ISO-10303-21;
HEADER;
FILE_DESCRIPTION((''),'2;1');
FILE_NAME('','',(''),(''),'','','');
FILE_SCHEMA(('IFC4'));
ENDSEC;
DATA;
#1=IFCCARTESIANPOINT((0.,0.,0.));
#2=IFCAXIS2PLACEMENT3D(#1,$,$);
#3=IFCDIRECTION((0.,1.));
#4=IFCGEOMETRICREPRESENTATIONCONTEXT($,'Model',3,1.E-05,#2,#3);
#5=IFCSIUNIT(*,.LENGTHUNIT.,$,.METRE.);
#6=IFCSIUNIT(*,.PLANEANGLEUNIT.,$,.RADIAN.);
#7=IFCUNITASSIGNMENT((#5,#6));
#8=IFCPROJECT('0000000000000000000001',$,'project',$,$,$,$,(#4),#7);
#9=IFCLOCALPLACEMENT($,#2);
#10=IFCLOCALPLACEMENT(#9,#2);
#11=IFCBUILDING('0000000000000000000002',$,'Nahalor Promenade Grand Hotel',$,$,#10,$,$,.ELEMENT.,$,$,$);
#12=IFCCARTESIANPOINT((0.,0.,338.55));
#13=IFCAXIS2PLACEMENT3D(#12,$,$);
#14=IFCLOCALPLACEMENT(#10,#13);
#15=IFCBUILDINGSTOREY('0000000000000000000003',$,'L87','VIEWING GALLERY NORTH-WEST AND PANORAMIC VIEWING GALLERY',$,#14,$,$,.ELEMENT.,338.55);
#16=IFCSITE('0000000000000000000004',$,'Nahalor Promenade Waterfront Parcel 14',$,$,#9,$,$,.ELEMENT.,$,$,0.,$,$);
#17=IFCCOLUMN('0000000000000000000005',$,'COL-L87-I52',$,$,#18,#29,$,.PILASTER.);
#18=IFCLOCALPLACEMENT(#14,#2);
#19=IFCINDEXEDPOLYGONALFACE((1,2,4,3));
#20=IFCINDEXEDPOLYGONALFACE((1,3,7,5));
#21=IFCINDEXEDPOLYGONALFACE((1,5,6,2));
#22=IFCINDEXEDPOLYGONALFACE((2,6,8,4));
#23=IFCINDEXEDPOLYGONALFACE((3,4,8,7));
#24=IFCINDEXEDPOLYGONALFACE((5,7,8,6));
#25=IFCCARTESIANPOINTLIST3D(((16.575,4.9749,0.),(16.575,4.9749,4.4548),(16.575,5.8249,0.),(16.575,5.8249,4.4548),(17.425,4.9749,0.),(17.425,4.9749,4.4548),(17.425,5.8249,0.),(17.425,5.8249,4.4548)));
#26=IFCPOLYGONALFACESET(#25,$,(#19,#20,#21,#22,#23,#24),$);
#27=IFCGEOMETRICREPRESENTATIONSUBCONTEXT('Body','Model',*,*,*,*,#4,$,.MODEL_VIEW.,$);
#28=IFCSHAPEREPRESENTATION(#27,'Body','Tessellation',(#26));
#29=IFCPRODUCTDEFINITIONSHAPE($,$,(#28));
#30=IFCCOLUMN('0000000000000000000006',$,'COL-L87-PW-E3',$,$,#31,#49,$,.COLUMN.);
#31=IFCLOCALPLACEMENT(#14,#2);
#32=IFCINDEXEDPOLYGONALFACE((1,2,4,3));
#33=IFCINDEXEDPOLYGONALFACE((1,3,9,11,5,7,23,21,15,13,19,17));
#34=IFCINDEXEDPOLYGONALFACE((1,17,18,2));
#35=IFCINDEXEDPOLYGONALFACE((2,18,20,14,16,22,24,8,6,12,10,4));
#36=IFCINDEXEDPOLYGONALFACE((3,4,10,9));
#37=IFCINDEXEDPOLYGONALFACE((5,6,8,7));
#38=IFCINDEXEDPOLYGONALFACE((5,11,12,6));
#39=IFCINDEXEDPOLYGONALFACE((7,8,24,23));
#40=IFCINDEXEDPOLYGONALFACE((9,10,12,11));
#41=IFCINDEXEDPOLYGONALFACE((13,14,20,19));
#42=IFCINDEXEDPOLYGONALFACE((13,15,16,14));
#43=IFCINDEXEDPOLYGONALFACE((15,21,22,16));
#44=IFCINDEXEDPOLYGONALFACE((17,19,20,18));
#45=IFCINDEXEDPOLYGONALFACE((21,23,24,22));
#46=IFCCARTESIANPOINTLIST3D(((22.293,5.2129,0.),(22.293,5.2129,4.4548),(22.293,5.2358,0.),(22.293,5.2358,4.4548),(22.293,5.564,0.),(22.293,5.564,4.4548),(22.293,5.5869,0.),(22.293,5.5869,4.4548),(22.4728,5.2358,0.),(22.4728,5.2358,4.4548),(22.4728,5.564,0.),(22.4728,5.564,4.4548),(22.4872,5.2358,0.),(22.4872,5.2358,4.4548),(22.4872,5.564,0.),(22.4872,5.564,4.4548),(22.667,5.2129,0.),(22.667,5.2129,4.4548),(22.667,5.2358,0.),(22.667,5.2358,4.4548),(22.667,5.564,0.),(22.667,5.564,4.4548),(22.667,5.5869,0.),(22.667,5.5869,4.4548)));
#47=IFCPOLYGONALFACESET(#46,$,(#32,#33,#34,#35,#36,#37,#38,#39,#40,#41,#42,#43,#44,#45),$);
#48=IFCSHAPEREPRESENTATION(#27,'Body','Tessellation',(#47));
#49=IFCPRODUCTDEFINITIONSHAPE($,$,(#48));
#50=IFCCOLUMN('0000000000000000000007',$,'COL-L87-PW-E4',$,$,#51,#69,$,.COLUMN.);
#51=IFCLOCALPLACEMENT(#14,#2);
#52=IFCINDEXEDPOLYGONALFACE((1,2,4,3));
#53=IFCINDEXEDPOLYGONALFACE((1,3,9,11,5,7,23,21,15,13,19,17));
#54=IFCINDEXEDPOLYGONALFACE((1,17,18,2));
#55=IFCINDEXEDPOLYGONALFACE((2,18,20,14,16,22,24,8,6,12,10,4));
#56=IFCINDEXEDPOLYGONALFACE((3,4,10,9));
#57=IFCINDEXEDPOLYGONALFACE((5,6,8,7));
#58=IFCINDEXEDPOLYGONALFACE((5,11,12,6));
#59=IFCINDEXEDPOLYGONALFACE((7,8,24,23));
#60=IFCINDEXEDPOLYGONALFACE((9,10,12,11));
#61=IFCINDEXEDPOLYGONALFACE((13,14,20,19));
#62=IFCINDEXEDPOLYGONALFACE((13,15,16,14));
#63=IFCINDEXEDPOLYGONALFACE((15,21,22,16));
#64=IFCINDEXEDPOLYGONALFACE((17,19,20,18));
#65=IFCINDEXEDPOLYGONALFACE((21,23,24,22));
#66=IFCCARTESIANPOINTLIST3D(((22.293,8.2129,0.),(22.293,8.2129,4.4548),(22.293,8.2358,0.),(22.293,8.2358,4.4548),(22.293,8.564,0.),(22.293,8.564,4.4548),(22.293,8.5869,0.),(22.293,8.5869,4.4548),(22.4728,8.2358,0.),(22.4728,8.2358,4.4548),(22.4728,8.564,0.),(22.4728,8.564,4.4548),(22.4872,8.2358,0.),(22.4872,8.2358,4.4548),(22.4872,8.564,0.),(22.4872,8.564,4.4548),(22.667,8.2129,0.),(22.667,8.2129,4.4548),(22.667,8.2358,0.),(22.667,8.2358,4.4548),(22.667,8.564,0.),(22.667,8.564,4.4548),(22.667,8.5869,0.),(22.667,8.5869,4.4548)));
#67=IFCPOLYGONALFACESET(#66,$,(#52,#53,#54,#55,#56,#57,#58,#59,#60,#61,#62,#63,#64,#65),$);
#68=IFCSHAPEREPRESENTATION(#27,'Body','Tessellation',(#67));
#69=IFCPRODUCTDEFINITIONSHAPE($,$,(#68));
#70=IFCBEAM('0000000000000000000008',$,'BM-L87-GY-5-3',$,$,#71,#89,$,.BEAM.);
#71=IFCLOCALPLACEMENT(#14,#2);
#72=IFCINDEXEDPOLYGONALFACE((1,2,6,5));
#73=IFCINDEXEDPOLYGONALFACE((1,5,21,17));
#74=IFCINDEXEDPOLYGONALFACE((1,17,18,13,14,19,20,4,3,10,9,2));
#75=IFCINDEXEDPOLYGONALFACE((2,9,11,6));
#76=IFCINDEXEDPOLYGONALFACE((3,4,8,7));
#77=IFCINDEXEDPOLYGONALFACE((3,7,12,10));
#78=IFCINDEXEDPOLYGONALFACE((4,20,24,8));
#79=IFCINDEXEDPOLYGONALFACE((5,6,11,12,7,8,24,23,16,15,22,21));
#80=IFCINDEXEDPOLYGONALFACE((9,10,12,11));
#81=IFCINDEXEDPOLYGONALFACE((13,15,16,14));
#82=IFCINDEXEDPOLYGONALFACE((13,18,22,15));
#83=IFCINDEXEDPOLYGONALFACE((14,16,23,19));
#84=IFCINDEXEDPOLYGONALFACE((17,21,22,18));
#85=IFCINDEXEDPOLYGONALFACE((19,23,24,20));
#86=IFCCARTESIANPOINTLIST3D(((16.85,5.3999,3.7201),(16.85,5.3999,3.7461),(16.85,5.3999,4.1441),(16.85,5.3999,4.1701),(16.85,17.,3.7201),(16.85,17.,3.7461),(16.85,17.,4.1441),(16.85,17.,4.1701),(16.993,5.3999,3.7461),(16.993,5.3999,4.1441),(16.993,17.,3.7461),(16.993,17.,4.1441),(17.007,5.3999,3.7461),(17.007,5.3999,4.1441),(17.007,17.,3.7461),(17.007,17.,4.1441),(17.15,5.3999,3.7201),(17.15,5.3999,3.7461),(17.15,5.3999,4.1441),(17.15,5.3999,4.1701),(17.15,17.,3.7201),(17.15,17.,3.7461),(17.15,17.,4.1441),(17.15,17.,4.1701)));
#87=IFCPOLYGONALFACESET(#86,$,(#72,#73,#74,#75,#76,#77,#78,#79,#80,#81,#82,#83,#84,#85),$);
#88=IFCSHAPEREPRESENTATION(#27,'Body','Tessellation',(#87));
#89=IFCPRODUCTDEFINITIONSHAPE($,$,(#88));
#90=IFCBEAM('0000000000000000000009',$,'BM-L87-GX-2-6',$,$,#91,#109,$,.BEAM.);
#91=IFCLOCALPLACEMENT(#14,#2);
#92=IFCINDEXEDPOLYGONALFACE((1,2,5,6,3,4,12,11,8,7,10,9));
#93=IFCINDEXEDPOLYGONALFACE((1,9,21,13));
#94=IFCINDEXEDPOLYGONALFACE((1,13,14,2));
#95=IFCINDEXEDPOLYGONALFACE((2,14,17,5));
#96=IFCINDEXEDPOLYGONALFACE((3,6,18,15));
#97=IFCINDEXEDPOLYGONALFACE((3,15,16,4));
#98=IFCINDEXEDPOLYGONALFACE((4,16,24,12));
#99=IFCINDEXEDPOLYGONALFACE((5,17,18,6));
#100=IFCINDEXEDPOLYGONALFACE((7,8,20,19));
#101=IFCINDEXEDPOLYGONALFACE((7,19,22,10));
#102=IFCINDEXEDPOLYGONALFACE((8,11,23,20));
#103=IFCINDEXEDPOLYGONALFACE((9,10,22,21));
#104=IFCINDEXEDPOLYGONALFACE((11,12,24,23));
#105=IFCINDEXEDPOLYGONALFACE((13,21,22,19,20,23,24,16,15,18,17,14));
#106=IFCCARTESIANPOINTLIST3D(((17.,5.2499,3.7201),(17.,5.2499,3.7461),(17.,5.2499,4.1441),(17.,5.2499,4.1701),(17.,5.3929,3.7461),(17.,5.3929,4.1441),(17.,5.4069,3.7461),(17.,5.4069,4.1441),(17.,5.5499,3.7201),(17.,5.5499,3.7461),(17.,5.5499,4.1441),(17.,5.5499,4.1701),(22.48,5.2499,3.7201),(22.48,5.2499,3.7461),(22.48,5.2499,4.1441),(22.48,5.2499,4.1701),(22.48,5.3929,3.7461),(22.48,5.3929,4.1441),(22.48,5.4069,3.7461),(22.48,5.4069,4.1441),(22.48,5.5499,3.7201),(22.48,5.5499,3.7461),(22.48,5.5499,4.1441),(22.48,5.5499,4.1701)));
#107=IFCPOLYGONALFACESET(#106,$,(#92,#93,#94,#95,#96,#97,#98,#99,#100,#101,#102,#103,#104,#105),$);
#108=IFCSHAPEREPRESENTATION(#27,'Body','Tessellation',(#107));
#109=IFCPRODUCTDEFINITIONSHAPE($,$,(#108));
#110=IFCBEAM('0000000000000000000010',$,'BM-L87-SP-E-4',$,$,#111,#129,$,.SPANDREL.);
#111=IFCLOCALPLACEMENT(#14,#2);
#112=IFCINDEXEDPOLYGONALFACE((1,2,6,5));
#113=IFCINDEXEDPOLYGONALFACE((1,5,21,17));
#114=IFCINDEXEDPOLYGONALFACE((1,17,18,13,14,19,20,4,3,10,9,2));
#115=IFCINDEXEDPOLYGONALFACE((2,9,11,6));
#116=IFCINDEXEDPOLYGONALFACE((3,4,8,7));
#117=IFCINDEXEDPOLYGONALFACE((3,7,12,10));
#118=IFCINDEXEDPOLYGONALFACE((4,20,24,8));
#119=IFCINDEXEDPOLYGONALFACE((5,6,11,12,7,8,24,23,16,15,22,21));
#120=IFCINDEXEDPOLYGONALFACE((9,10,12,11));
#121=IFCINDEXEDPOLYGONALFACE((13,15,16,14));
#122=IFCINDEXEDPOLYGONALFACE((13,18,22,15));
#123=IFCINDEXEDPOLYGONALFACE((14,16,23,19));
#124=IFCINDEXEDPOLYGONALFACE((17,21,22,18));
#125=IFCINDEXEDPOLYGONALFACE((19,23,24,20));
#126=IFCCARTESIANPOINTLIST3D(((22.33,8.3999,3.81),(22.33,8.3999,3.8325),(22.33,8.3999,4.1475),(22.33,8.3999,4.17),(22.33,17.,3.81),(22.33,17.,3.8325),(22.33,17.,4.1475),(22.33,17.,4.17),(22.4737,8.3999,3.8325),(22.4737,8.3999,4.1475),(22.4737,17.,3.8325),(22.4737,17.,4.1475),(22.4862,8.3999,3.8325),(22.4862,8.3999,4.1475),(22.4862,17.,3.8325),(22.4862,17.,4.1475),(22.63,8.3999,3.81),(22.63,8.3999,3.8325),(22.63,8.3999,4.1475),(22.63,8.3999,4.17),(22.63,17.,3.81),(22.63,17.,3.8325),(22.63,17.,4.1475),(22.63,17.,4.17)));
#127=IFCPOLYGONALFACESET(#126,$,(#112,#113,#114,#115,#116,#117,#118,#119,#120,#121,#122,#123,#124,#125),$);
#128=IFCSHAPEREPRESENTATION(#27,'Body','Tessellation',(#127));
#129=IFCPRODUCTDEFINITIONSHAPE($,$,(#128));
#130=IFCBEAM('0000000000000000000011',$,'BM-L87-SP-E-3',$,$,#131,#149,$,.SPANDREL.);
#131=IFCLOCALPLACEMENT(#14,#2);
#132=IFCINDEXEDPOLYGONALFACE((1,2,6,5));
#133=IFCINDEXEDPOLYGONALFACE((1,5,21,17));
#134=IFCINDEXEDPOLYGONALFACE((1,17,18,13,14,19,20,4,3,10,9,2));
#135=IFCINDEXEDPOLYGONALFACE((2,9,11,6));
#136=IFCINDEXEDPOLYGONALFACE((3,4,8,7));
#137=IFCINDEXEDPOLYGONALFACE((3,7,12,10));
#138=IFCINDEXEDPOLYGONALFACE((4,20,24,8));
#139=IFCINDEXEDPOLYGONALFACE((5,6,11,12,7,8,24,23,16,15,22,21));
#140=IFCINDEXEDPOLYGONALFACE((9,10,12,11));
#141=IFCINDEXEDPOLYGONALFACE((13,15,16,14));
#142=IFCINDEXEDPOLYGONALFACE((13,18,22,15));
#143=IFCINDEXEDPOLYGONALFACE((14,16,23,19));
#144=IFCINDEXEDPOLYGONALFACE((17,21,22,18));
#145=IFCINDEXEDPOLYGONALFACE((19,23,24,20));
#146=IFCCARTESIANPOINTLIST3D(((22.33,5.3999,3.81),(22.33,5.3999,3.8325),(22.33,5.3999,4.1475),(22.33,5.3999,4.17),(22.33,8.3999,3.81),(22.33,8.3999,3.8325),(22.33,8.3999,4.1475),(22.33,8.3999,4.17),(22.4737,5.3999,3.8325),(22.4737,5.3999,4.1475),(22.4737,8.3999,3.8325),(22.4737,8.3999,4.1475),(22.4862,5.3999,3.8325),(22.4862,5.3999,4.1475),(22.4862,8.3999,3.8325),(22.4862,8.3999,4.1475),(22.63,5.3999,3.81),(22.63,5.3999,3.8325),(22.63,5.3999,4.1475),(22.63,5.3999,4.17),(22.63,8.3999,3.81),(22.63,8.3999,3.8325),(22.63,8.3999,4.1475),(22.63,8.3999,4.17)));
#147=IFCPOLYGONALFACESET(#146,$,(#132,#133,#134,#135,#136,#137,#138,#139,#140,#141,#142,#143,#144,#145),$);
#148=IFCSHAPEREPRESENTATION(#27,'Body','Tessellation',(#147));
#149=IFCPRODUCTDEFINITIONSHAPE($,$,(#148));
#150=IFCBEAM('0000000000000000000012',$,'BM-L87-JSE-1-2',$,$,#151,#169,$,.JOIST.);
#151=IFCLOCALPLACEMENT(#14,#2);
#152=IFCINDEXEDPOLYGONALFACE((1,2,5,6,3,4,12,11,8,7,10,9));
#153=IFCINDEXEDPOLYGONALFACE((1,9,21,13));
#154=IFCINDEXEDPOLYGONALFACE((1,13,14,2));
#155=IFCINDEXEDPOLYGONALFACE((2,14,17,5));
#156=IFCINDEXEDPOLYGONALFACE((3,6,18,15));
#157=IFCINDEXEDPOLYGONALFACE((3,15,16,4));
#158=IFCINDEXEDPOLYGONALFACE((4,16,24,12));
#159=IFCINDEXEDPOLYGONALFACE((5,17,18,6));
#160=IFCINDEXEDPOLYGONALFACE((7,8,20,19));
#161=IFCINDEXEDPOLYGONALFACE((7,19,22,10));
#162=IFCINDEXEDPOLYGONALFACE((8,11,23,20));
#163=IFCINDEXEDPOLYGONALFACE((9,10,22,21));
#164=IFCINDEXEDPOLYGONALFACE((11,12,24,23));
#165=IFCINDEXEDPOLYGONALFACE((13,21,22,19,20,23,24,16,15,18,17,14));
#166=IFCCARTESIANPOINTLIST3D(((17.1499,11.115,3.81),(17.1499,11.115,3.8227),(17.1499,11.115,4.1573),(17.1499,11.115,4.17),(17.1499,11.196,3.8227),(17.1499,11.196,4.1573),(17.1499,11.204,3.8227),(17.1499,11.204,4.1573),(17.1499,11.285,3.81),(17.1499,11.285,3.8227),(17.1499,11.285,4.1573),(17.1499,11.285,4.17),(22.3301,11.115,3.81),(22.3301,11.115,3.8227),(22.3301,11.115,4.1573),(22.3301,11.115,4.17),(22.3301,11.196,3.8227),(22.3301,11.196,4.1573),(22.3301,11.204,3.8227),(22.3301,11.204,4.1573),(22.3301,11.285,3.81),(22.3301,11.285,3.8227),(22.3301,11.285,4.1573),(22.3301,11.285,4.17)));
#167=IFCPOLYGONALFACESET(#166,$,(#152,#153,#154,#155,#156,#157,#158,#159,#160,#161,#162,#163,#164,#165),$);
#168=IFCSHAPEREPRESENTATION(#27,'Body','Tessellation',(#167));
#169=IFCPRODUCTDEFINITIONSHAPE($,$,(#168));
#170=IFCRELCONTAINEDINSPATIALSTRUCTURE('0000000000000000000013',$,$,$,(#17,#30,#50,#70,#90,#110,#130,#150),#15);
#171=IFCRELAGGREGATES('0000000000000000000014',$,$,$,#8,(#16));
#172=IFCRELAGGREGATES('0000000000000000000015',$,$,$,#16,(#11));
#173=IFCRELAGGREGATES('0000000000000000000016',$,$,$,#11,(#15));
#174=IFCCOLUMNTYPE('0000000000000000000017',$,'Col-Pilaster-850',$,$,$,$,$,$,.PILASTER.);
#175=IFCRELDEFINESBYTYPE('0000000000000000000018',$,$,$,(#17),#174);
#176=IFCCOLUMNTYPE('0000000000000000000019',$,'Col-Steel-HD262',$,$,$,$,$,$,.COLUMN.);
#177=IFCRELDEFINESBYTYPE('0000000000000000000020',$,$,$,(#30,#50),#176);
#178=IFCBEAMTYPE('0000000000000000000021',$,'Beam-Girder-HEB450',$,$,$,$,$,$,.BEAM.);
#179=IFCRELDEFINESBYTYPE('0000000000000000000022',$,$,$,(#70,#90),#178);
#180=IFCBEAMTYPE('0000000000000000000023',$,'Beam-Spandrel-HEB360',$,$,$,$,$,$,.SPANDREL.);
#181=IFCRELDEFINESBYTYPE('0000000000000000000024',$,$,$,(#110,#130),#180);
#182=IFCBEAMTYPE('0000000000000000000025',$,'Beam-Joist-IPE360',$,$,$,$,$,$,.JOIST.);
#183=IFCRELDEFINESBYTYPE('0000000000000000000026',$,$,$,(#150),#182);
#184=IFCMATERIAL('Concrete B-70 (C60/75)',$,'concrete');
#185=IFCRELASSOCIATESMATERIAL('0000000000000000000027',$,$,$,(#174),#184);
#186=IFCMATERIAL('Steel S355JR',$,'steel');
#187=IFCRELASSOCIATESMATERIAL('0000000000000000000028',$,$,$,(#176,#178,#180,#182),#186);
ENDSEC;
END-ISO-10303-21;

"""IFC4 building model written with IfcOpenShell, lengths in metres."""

from ifc_helpers import new_model, si_unit, direction, frame, origin, origin_2d, place, context, subcontext, project, spatial, rectangle, i_section, extrude, source, transform, mapped, material, material_profile, profile_set, type_object, element, save


model = new_model("IFC4")

# Units and contexts
model_context = context("Model", 3, precision=1e-05, world=origin(), true_north=direction((0.0, 1.0)))
body_context = subcontext(model_context, "Body", "Model", "MODEL_VIEW")
ifc_project = project(units=[si_unit("LENGTHUNIT", "METRE"), si_unit("PLANEANGLEUNIT", "RADIAN")], contexts=[model_context])

# Site, building, storey
site_placement = place(None, origin())
site = spatial("IfcSite", under=ifc_project, at=site_placement, Name="Nahalor Promenade Waterfront Parcel 14", CompositionType="ELEMENT", RefElevation=0.0)
building_placement = place(site_placement, origin())
building = spatial("IfcBuilding", under=site, at=building_placement, Name="Nahalor Promenade Grand Hotel", CompositionType="ELEMENT")
storey_placement = place(building_placement, frame((0.0, 0.0, 338.55)))
storey = spatial("IfcBuildingStorey", under=building, at=storey_placement, Name="L87", Description="VIEWING GALLERY NORTH-WEST AND PANORAMIC VIEWING GALLERY", CompositionType="ELEMENT", Elevation=338.55)

# Columns
ifc_material_1 = material(Name="Concrete B-70 (C60/75)", Category="concrete")
ifc_material_profile_1 = material_profile(ifc_material_1, rectangle(XDim=0.85, YDim=0.85, at=origin_2d()), Name="RC 850x850")
ifc_profile_set_1 = profile_set([ifc_material_profile_1], Name="Concrete B-70 (C60/75)")
column_type_1 = type_object("IfcColumnType", Name="Col-Pilaster-850", PredefinedType="PILASTER", material=ifc_profile_set_1)
shared_shape_1 = source(origin(), body_context, "Body", "SweptSolid", [
    extrude(rectangle(XDim=0.85, YDim=0.85, at=origin_2d()), origin(), (0.0, 0.0, 1.0), 4.4548),
])
column_placement = place(storey_placement, frame((17.0, 5.3999, 0.0), z_axis=(0.0, 0.0, 1.0), x_axis=(1.0, 0.0, 0.0)))
element("IfcColumn", 1, at=column_placement, inside=storey, type_object=column_type_1, Name="COL-L87-I52", PredefinedType="PILASTER", context=body_context, shape_type="MappedRepresentation", body=[
    mapped(shared_shape_1, transform((0.0, 0.0, 0.0), scale=1.0)),
])
ifc_material_2 = material(Name="Steel S355JR", Category="steel")
ifc_material_profile_2 = material_profile(ifc_material_2, i_section(OverallWidth=0.374, OverallDepth=0.374, WebThickness=0.0144, FlangeThickness=0.0229, at=origin_2d()), Name="HD 360x262")
ifc_profile_set_2 = profile_set([ifc_material_profile_2], Name="Steel S355JR")
column_type_2 = type_object("IfcColumnType", Name="Col-Steel-HD262", PredefinedType="COLUMN", material=ifc_profile_set_2)
shared_shape_2 = source(origin(), body_context, "Body", "SweptSolid", [
    extrude(i_section(OverallWidth=0.374, OverallDepth=0.374, WebThickness=0.0144, FlangeThickness=0.0229, at=origin_2d()), origin(), (0.0, 0.0, 1.0), 4.4548),
])
for number, where, z_axis, x_axis, name in (
    (2, (22.48, 5.3999, 0.0), (0.0, 0.0, 1.0), (1.0, 0.0, 0.0), "COL-L87-PW-E3"),
    (3, (22.48, 8.3999, 0.0), (0.0, 0.0, 1.0), (1.0, 0.0, 0.0), "COL-L87-PW-E4"),
):
    element("IfcColumn", number, at=place(storey_placement, frame(where, z_axis=z_axis, x_axis=x_axis)), inside=storey, type_object=column_type_2, Name=name, PredefinedType="COLUMN", context=body_context, shape_type="MappedRepresentation", body=[
        mapped(shared_shape_2, transform((0.0, 0.0, 0.0), scale=1.0)),
    ])

# Beams
ifc_material_profile_3 = material_profile(ifc_material_2, i_section(OverallWidth=0.3, OverallDepth=0.45, WebThickness=0.014, FlangeThickness=0.026, at=origin_2d()), Name="HEB 450")
ifc_profile_set_3 = profile_set([ifc_material_profile_3], Name="Steel S355JR")
beam_type_1 = type_object("IfcBeamType", Name="Beam-Girder-HEB450", PredefinedType="BEAM", material=ifc_profile_set_3)
shared_shape_3 = source(origin(), body_context, "Body", "SweptSolid", [
    extrude(i_section(OverallWidth=0.3, OverallDepth=0.45, WebThickness=0.014, FlangeThickness=0.026, at=origin_2d()), origin(), (0.0, 0.0, 1.0), 11.6001),
])
beam_1_placement = place(storey_placement, frame((17.0, 5.3999, 3.9451), z_axis=(0.0, 1.0, 0.0), x_axis=(-1.0, 0.0, 0.0)))
element("IfcBeam", 4, at=beam_1_placement, inside=storey, type_object=beam_type_1, Name="BM-L87-GY-5-3", PredefinedType="BEAM", context=body_context, shape_type="MappedRepresentation", body=[
    mapped(shared_shape_3, transform((0.0, 0.0, 0.0), scale=1.0)),
])
shared_shape_4 = source(origin(), body_context, "Body", "SweptSolid", [
    extrude(i_section(OverallWidth=0.3, OverallDepth=0.45, WebThickness=0.014, FlangeThickness=0.026, at=origin_2d()), origin(), (0.0, 0.0, 1.0), 5.48),
])
beam_2_placement = place(storey_placement, frame((17.0, 5.3999, 3.9451), z_axis=(1.0, 0.0, 0.0), x_axis=(0.0, 1.0, 0.0)))
element("IfcBeam", 5, at=beam_2_placement, inside=storey, type_object=beam_type_1, Name="BM-L87-GX-2-6", PredefinedType="BEAM", context=body_context, shape_type="MappedRepresentation", body=[
    mapped(shared_shape_4, transform((0.0, 0.0, 0.0), scale=1.0)),
])
ifc_material_profile_4 = material_profile(ifc_material_2, i_section(OverallWidth=0.3, OverallDepth=0.36, WebThickness=0.0125, FlangeThickness=0.0225, at=origin_2d()), Name="HEB 360")
ifc_profile_set_4 = profile_set([ifc_material_profile_4], Name="Steel S355JR")
beam_type_2 = type_object("IfcBeamType", Name="Beam-Spandrel-HEB360", PredefinedType="SPANDREL", material=ifc_profile_set_4)
shared_shape_5 = source(origin(), body_context, "Body", "SweptSolid", [
    extrude(i_section(OverallWidth=0.3, OverallDepth=0.36, WebThickness=0.0125, FlangeThickness=0.0225, at=origin_2d()), origin(), (0.0, 0.0, 1.0), 8.6001),
])
beam_3_placement = place(storey_placement, frame((22.48, 8.3999, 3.99), z_axis=(0.0, 1.0, 0.0), x_axis=(-1.0, 0.0, 0.0)))
element("IfcBeam", 6, at=beam_3_placement, inside=storey, type_object=beam_type_2, Name="BM-L87-SP-E-4", PredefinedType="SPANDREL", context=body_context, shape_type="MappedRepresentation", body=[
    mapped(shared_shape_5, transform((0.0, 0.0, 0.0), scale=1.0)),
])
shared_shape_6 = source(origin(), body_context, "Body", "SweptSolid", [
    extrude(i_section(OverallWidth=0.3, OverallDepth=0.36, WebThickness=0.0125, FlangeThickness=0.0225, at=origin_2d()), origin(), (0.0, 0.0, 1.0), 3.0),
])
beam_4_placement = place(storey_placement, frame((22.48, 5.3999, 3.99), z_axis=(0.0, 1.0, 0.0), x_axis=(-1.0, 0.0, 0.0)))
element("IfcBeam", 7, at=beam_4_placement, inside=storey, type_object=beam_type_2, Name="BM-L87-SP-E-3", PredefinedType="SPANDREL", context=body_context, shape_type="MappedRepresentation", body=[
    mapped(shared_shape_6, transform((0.0, 0.0, 0.0), scale=1.0)),
])
ifc_material_profile_5 = material_profile(ifc_material_2, i_section(OverallWidth=0.17, OverallDepth=0.36, WebThickness=0.008, FlangeThickness=0.0127, at=origin_2d()), Name="IPE 360")
ifc_profile_set_5 = profile_set([ifc_material_profile_5], Name="Steel S355JR")
beam_type_3 = type_object("IfcBeamType", Name="Beam-Joist-IPE360", PredefinedType="JOIST", material=ifc_profile_set_5)
shared_shape_7 = source(origin(), body_context, "Body", "SweptSolid", [
    extrude(i_section(OverallWidth=0.17, OverallDepth=0.36, WebThickness=0.008, FlangeThickness=0.0127, at=origin_2d()), origin(), (0.0, 0.0, 1.0), 5.1802),
])
beam_5_placement = place(storey_placement, frame((17.1499, 11.2, 3.99), z_axis=(1.0, 0.0, 0.0), x_axis=(0.0, 1.0, 0.0)))
element("IfcBeam", 8, at=beam_5_placement, inside=storey, type_object=beam_type_3, Name="BM-L87-JSE-1-2", PredefinedType="JOIST", context=body_context, shape_type="MappedRepresentation", body=[
    mapped(shared_shape_7, transform((0.0, 0.0, 0.0), scale=1.0)),
])

save(model, "model.ifc")
